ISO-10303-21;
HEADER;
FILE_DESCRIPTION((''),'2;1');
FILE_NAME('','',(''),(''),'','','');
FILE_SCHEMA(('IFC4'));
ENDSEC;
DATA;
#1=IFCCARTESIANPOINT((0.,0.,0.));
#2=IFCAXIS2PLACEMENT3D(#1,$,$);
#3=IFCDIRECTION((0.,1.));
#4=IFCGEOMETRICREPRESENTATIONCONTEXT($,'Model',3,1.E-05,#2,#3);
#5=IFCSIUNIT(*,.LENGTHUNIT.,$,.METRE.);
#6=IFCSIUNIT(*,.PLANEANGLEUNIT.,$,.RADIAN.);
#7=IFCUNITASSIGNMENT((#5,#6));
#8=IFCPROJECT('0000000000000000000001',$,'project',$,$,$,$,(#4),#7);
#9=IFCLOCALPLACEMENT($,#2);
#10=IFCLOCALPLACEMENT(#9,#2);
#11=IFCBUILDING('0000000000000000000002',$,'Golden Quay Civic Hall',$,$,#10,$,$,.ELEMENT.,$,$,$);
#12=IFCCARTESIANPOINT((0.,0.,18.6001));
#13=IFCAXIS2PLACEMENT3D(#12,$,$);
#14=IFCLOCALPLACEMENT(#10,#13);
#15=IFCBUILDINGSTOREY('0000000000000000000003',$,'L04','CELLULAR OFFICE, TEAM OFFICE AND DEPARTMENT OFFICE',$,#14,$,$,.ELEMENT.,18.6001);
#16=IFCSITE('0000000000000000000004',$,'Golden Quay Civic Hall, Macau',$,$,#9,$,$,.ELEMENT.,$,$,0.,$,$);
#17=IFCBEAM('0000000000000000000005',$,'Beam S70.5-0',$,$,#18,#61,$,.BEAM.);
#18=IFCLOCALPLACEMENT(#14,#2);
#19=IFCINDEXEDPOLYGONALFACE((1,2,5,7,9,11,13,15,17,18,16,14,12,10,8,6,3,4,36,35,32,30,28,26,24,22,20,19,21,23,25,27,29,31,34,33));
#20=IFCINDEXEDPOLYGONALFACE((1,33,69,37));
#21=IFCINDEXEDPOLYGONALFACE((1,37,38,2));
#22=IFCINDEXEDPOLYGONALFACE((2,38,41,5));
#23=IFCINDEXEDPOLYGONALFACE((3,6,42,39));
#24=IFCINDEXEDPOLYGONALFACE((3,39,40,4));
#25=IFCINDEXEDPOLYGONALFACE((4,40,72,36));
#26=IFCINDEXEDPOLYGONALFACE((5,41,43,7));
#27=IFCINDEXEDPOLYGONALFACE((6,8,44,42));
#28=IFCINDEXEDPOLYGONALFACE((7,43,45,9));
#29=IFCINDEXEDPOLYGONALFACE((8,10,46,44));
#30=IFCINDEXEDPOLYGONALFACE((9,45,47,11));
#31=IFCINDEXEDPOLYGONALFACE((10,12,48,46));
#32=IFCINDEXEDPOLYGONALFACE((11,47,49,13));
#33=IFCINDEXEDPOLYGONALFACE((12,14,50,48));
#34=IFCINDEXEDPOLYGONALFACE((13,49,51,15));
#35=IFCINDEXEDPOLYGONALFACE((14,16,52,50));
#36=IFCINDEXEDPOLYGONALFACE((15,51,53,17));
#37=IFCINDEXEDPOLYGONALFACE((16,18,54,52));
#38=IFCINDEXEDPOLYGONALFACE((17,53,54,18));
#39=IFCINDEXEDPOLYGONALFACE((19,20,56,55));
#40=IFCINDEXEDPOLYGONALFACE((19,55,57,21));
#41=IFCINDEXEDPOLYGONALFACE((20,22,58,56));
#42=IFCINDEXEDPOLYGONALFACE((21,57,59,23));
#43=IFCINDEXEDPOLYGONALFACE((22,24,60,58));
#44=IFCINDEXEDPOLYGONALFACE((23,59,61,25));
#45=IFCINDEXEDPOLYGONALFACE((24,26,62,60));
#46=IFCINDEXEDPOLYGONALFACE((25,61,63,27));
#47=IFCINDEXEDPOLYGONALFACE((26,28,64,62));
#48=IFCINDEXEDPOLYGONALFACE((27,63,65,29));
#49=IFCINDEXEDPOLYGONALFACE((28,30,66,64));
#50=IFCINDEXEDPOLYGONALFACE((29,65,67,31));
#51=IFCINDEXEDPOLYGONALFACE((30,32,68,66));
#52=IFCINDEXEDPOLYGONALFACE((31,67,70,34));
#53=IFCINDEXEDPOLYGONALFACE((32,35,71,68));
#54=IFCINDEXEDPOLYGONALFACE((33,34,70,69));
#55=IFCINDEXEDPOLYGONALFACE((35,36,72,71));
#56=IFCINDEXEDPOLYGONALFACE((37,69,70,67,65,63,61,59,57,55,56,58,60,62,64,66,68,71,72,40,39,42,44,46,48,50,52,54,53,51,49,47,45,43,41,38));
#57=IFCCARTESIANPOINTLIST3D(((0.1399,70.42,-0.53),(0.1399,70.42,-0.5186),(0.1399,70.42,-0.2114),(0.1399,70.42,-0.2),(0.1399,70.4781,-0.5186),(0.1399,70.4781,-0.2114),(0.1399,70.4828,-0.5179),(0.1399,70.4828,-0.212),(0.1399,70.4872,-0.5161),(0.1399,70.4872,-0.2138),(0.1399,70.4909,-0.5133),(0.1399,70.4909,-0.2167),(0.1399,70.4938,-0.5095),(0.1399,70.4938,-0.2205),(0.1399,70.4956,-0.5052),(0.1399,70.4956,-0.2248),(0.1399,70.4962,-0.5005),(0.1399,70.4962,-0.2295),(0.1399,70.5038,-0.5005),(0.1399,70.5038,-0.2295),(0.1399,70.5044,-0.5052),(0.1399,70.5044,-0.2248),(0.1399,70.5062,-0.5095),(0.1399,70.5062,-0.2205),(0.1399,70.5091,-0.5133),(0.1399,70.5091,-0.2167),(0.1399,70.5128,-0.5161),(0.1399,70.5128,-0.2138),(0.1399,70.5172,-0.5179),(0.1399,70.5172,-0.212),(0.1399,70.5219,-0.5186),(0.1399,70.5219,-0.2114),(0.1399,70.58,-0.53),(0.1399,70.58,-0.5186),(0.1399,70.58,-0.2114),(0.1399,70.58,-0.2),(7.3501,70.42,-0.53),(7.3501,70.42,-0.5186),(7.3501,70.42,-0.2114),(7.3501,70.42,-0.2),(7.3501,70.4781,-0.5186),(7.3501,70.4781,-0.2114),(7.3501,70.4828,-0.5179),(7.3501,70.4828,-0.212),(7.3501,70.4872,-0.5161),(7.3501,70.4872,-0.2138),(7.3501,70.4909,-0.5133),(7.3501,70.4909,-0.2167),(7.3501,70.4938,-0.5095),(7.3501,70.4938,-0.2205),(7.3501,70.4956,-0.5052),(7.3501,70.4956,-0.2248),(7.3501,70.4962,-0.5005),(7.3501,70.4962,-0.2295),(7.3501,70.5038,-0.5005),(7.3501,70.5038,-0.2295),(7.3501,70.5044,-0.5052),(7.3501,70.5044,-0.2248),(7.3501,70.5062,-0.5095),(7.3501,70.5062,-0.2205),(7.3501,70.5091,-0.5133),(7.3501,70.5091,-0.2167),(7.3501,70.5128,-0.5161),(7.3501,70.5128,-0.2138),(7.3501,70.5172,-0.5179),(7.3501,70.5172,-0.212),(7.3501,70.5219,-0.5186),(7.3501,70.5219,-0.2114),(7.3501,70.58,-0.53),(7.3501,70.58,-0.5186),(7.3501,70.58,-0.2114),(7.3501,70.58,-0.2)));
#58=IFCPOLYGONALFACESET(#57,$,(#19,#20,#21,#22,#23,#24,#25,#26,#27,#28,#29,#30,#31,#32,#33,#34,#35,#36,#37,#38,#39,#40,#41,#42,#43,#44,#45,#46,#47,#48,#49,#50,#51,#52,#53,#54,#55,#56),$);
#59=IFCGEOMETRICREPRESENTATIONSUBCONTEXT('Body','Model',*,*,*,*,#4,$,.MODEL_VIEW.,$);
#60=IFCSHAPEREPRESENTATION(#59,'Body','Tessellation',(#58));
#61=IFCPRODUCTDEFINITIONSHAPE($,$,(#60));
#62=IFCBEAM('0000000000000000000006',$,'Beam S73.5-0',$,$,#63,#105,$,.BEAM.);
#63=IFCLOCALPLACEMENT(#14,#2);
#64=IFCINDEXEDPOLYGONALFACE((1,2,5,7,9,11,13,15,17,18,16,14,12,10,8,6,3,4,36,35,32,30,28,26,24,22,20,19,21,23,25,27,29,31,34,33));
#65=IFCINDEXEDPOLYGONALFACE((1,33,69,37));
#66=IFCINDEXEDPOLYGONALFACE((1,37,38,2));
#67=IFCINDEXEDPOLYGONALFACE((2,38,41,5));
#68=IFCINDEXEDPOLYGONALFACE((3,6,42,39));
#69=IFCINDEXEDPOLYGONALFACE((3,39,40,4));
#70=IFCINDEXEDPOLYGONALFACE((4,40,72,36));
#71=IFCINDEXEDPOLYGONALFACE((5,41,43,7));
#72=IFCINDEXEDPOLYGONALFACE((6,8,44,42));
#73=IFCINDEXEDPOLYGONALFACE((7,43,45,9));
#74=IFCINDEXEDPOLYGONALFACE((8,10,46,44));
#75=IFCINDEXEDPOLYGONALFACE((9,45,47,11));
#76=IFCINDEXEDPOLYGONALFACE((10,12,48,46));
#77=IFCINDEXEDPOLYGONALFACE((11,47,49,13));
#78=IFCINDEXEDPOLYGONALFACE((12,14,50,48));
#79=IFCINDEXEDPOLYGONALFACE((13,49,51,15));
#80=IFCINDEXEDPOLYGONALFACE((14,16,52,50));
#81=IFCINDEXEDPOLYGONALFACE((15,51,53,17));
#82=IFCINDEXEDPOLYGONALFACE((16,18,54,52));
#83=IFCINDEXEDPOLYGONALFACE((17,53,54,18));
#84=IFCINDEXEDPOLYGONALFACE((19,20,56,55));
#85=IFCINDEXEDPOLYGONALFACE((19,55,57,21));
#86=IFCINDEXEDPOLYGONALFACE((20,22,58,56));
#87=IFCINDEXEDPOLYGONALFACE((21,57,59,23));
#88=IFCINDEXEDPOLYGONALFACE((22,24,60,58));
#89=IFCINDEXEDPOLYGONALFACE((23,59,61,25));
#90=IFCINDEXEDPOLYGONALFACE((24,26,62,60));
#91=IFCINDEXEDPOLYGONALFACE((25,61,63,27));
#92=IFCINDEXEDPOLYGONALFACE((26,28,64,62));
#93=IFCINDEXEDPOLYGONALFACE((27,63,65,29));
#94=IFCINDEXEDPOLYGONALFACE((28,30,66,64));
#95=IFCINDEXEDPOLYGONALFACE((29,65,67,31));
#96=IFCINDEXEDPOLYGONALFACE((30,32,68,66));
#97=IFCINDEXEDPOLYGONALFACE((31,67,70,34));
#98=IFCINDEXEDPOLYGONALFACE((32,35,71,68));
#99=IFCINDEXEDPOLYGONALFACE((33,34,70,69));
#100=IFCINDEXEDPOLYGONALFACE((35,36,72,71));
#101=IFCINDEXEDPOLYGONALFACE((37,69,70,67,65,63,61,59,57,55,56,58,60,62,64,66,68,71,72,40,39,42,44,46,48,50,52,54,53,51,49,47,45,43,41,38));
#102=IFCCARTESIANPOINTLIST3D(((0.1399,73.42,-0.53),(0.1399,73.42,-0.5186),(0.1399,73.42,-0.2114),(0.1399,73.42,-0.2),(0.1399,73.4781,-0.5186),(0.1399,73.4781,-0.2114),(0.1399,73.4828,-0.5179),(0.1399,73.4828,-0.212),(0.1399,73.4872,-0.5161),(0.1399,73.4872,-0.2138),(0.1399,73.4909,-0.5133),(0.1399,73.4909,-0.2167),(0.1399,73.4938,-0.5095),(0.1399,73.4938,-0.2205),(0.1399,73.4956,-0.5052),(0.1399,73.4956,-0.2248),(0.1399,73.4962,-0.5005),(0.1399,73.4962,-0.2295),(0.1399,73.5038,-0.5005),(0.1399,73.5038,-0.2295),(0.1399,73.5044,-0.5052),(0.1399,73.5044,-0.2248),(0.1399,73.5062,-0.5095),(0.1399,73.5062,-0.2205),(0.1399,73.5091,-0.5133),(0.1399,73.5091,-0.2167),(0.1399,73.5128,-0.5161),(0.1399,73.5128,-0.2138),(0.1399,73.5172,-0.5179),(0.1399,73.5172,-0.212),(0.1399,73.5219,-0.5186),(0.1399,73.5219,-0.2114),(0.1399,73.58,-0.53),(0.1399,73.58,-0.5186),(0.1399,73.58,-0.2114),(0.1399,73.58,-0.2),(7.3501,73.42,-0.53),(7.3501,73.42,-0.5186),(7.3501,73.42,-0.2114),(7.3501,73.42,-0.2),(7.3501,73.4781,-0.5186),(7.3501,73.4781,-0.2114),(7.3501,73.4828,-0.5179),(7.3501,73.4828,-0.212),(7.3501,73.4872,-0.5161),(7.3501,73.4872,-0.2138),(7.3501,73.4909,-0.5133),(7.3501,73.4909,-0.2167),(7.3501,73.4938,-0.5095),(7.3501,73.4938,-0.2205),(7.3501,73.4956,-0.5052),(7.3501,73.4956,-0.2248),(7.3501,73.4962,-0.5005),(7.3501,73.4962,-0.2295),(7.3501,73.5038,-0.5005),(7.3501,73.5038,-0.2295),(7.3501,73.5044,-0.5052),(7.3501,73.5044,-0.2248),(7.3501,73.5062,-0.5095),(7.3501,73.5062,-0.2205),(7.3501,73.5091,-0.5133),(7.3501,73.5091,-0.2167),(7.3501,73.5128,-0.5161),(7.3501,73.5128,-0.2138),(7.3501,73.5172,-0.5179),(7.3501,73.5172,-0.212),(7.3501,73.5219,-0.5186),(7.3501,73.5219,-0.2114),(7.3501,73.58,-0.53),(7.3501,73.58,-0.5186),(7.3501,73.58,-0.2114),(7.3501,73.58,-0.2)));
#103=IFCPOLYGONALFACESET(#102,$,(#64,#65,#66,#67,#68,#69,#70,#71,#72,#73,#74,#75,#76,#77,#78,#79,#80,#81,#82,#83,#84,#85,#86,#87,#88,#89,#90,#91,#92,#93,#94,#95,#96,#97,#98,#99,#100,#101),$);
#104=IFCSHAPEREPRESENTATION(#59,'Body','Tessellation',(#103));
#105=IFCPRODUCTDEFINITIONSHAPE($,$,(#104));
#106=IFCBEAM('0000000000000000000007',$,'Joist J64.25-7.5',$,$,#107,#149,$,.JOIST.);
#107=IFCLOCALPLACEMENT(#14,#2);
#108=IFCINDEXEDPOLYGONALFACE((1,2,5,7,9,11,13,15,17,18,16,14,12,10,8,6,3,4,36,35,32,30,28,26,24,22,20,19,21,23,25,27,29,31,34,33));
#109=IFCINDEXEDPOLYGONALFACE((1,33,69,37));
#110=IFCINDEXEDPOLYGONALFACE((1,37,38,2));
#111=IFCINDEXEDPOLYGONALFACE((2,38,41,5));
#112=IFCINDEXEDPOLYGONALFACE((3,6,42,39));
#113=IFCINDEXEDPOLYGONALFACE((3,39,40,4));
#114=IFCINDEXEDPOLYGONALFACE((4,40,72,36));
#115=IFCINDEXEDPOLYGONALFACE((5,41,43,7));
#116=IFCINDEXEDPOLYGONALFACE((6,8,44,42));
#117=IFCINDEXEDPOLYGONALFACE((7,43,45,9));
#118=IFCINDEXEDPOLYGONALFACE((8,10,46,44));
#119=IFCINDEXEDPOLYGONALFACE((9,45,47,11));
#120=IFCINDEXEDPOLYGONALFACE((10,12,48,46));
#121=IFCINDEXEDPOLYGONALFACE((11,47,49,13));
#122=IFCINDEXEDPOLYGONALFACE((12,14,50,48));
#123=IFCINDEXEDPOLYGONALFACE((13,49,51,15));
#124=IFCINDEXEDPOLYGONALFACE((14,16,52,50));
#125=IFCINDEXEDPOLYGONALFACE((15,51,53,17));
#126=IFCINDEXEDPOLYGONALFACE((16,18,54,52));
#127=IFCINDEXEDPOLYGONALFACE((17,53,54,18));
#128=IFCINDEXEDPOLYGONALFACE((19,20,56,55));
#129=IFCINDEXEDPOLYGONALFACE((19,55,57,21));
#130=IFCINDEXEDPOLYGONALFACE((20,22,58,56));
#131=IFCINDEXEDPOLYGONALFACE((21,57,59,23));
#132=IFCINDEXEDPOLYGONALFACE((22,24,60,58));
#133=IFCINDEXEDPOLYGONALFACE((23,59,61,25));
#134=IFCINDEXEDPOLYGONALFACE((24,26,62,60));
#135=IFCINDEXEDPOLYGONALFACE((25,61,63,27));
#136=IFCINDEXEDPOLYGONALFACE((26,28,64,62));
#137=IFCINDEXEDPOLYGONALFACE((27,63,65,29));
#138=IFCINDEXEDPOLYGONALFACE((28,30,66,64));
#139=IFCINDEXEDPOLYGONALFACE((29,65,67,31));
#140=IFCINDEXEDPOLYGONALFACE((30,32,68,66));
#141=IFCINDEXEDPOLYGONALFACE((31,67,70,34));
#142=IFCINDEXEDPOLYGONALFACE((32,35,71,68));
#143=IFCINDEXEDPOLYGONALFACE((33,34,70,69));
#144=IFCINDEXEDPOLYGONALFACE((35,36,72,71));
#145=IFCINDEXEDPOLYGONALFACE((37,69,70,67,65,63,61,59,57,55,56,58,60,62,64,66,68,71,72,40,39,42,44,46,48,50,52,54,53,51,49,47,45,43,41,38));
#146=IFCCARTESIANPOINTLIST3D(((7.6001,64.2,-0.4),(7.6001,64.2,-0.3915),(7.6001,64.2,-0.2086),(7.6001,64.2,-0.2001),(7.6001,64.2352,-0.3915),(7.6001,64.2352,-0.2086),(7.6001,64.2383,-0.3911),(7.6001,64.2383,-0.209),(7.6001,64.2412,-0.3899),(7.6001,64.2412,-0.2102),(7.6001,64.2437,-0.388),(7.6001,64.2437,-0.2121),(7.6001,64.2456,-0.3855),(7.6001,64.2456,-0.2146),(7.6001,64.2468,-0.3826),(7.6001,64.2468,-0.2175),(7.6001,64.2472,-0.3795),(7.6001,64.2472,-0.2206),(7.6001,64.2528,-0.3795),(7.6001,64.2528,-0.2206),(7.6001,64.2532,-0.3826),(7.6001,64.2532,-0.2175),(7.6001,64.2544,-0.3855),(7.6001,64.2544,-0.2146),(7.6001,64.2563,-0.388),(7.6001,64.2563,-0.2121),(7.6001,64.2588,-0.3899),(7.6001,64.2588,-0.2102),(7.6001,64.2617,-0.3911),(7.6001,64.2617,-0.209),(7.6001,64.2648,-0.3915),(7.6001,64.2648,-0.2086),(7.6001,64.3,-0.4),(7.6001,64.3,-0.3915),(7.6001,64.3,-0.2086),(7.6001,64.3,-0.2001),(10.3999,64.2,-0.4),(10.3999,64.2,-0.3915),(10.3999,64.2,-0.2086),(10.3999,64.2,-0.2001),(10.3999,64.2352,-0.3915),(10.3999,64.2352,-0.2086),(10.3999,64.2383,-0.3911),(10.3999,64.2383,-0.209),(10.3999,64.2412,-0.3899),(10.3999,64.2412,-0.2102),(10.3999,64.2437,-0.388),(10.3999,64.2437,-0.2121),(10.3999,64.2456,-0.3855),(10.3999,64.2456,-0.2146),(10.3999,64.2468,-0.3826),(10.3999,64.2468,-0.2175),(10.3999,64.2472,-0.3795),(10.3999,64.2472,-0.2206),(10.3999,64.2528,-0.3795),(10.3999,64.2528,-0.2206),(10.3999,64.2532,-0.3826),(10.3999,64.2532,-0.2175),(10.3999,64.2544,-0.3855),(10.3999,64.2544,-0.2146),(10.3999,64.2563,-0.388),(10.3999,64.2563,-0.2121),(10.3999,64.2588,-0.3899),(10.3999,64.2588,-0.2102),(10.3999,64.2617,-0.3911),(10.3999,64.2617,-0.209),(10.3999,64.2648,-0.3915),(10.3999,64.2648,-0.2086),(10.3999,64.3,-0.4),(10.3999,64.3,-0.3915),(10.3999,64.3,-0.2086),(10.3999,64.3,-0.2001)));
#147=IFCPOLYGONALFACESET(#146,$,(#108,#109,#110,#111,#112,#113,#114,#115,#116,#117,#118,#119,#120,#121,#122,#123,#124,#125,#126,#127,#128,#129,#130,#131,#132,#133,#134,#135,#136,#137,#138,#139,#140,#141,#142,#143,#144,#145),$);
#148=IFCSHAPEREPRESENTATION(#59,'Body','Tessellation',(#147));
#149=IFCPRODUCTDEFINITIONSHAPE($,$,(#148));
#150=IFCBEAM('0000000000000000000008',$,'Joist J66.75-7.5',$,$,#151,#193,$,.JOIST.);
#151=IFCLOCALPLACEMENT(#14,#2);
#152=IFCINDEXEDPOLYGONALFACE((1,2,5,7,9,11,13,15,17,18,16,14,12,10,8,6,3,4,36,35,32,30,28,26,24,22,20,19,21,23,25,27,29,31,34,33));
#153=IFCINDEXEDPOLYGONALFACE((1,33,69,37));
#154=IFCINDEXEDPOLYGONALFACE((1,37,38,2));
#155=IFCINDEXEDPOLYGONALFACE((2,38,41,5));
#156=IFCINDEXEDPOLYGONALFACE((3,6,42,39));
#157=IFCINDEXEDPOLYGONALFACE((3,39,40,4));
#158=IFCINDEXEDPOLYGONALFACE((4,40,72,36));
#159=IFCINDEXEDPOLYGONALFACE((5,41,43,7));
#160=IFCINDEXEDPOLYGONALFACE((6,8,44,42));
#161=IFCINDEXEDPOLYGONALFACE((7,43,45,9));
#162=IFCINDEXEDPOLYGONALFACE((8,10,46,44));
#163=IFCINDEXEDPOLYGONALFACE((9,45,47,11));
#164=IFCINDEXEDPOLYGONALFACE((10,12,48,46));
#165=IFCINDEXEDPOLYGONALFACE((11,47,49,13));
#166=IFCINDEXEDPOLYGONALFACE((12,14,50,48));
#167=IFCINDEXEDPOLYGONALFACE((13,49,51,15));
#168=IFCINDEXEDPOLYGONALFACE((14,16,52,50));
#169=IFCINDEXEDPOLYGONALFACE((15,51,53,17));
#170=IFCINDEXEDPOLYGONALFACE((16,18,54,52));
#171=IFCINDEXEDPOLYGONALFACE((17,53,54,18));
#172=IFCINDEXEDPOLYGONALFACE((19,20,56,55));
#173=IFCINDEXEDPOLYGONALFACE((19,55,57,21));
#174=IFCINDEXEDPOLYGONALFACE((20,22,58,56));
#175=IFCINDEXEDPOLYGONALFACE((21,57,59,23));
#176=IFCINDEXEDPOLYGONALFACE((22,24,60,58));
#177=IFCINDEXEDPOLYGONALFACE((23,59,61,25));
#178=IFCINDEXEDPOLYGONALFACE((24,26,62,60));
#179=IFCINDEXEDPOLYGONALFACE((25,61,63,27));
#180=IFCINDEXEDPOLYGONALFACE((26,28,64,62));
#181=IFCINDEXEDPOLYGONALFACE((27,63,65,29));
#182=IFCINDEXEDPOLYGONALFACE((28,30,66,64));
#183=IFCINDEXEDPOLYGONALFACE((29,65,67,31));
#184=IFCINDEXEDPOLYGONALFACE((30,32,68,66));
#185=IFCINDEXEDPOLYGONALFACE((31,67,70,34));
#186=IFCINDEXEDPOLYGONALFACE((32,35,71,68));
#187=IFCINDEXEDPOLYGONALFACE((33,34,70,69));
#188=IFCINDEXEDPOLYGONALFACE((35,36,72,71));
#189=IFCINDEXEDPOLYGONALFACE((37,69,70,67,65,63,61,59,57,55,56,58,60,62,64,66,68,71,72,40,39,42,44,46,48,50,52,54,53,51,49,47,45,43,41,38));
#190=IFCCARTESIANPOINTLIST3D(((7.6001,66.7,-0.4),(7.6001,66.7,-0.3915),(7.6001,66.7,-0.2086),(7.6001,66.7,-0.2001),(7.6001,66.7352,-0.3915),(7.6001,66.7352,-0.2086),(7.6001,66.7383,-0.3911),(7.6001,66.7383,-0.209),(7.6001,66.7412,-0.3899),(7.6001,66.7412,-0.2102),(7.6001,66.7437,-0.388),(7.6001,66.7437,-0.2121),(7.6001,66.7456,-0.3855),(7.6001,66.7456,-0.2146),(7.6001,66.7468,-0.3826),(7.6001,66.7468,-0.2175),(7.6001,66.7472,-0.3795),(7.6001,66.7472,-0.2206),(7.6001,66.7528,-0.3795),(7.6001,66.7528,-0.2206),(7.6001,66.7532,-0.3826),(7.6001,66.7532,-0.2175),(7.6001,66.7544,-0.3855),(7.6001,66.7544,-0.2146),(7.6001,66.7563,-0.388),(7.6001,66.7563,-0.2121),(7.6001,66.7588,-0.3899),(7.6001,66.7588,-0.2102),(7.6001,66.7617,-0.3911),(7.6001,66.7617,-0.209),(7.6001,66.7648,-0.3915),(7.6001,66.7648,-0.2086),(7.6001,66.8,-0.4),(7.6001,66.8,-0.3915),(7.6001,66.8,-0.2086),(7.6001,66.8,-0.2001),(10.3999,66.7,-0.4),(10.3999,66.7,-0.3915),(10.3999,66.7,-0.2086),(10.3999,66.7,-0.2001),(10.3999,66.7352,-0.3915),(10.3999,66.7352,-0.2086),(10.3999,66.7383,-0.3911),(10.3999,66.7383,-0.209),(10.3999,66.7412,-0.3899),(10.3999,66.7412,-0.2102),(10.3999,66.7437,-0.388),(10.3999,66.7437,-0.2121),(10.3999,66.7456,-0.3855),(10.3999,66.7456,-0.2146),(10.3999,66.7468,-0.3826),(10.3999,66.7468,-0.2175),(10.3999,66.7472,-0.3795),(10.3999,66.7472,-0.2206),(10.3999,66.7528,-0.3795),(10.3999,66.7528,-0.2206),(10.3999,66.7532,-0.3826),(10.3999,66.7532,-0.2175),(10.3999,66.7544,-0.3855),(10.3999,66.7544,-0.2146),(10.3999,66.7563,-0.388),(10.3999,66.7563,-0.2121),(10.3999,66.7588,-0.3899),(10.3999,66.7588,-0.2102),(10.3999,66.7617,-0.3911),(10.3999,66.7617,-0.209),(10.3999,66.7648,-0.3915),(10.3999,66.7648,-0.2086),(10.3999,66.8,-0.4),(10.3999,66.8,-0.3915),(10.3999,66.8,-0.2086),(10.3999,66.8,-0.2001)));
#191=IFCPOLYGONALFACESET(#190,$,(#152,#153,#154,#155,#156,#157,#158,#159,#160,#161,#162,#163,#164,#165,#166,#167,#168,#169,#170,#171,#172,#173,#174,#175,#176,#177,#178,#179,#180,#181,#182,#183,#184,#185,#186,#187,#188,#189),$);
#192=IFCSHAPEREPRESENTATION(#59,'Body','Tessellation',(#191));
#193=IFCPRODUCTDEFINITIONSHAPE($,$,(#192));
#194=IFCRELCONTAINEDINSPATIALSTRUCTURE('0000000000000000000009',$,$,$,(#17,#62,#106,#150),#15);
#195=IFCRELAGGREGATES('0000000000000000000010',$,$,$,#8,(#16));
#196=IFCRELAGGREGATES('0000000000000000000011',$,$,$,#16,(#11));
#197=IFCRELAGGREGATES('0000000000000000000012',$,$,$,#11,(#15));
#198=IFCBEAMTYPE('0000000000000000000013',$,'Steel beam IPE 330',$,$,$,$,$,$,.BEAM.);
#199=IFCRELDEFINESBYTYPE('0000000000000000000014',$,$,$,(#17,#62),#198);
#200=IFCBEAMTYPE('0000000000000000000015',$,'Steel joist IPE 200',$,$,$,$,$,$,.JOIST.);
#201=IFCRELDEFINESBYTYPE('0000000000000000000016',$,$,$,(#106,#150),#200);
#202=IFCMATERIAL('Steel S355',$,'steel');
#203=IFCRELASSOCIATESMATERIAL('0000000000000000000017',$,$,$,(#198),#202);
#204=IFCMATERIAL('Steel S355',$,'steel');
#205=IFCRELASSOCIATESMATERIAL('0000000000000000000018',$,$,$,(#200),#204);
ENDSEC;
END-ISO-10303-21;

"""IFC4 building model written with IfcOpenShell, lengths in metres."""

from ifc_helpers import new_model, si_unit, direction, frame, origin, origin_2d, place, context, subcontext, project, spatial, i_section, extrude, material, material_profile, profile_set, type_object, element, save


model = new_model("IFC4")

# Units and contexts
model_context = context("Model", 3, precision=1e-05, world=origin(), true_north=direction((0.0, 1.0)))
body_context = subcontext(model_context, "Body", "Model", "MODEL_VIEW")
ifc_project = project(units=[si_unit("LENGTHUNIT", "METRE"), si_unit("PLANEANGLEUNIT", "RADIAN")], contexts=[model_context])

# Site, building, storey
site_placement = place(None, origin())
site = spatial("IfcSite", under=ifc_project, at=site_placement, Name="Golden Quay Civic Hall, Macau", CompositionType="ELEMENT", RefElevation=0.0)
building_placement = place(site_placement, origin())
building = spatial("IfcBuilding", under=site, at=building_placement, Name="Golden Quay Civic Hall", CompositionType="ELEMENT")
storey_placement = place(building_placement, frame((0.0, 0.0, 18.6001)))
storey = spatial("IfcBuildingStorey", under=building, at=storey_placement, Name="L04", Description="CELLULAR OFFICE, TEAM OFFICE AND DEPARTMENT OFFICE", CompositionType="ELEMENT", Elevation=18.6001)

# Beams
ifc_material_1 = material(Name="Steel S355", Category="steel")
ifc_material_profile_1 = material_profile(ifc_material_1, i_section(OverallWidth=0.1599, OverallDepth=0.3301, WebThickness=0.0076, FlangeThickness=0.0115, FilletRadius=0.0181, at=origin_2d()), Name="IPE 330")
ifc_profile_set_1 = profile_set([ifc_material_profile_1], Name="Steel S355")
beam_type_1 = type_object("IfcBeamType", Name="Steel beam IPE 330", PredefinedType="BEAM", material=ifc_profile_set_1)
for number, where, z_axis, x_axis, name in (
    (1, (0.1399, 70.5, -0.365), (1.0, 0.0, 0.0), (0.0, 1.0, 0.0), "Beam S70.5-0"),
    (2, (0.1399, 73.5, -0.365), (1.0, 0.0, 0.0), (0.0, 1.0, 0.0), "Beam S73.5-0"),
):
    element("IfcBeam", number, at=place(storey_placement, frame(where, z_axis=z_axis, x_axis=x_axis)), inside=storey, type_object=beam_type_1, Name=name, PredefinedType="BEAM", context=body_context, shape_type="SweptSolid", body=[
        extrude(i_section(OverallWidth=0.1599, OverallDepth=0.3301, WebThickness=0.0076, FlangeThickness=0.0115, FilletRadius=0.0181, at=origin_2d()), origin(), (0.0, 0.0, 1.0), 7.2102),
    ])
ifc_material_2 = material(Name="Steel S355", Category="steel")
ifc_material_profile_2 = material_profile(ifc_material_2, i_section(OverallWidth=0.1001, OverallDepth=0.2, WebThickness=0.0056, FlangeThickness=0.0085, FilletRadius=0.012, at=origin_2d()), Name="IPE 200")
ifc_profile_set_2 = profile_set([ifc_material_profile_2], Name="Steel S355")
beam_type_2 = type_object("IfcBeamType", Name="Steel joist IPE 200", PredefinedType="JOIST", material=ifc_profile_set_2)
for number, where, z_axis, x_axis, name in (
    (3, (7.6001, 64.25, -0.3), (1.0, 0.0, 0.0), (0.0, 1.0, 0.0), "Joist J64.25-7.5"),
    (4, (7.6001, 66.75, -0.3), (1.0, 0.0, 0.0), (0.0, 1.0, 0.0), "Joist J66.75-7.5"),
):
    element("IfcBeam", number, at=place(storey_placement, frame(where, z_axis=z_axis, x_axis=x_axis)), inside=storey, type_object=beam_type_2, Name=name, PredefinedType="JOIST", context=body_context, shape_type="SweptSolid", body=[
        extrude(i_section(OverallWidth=0.1001, OverallDepth=0.2, WebThickness=0.0056, FlangeThickness=0.0085, FilletRadius=0.012, at=origin_2d()), origin(), (0.0, 0.0, 1.0), 2.7998),
    ])

save(model, "model.ifc")
